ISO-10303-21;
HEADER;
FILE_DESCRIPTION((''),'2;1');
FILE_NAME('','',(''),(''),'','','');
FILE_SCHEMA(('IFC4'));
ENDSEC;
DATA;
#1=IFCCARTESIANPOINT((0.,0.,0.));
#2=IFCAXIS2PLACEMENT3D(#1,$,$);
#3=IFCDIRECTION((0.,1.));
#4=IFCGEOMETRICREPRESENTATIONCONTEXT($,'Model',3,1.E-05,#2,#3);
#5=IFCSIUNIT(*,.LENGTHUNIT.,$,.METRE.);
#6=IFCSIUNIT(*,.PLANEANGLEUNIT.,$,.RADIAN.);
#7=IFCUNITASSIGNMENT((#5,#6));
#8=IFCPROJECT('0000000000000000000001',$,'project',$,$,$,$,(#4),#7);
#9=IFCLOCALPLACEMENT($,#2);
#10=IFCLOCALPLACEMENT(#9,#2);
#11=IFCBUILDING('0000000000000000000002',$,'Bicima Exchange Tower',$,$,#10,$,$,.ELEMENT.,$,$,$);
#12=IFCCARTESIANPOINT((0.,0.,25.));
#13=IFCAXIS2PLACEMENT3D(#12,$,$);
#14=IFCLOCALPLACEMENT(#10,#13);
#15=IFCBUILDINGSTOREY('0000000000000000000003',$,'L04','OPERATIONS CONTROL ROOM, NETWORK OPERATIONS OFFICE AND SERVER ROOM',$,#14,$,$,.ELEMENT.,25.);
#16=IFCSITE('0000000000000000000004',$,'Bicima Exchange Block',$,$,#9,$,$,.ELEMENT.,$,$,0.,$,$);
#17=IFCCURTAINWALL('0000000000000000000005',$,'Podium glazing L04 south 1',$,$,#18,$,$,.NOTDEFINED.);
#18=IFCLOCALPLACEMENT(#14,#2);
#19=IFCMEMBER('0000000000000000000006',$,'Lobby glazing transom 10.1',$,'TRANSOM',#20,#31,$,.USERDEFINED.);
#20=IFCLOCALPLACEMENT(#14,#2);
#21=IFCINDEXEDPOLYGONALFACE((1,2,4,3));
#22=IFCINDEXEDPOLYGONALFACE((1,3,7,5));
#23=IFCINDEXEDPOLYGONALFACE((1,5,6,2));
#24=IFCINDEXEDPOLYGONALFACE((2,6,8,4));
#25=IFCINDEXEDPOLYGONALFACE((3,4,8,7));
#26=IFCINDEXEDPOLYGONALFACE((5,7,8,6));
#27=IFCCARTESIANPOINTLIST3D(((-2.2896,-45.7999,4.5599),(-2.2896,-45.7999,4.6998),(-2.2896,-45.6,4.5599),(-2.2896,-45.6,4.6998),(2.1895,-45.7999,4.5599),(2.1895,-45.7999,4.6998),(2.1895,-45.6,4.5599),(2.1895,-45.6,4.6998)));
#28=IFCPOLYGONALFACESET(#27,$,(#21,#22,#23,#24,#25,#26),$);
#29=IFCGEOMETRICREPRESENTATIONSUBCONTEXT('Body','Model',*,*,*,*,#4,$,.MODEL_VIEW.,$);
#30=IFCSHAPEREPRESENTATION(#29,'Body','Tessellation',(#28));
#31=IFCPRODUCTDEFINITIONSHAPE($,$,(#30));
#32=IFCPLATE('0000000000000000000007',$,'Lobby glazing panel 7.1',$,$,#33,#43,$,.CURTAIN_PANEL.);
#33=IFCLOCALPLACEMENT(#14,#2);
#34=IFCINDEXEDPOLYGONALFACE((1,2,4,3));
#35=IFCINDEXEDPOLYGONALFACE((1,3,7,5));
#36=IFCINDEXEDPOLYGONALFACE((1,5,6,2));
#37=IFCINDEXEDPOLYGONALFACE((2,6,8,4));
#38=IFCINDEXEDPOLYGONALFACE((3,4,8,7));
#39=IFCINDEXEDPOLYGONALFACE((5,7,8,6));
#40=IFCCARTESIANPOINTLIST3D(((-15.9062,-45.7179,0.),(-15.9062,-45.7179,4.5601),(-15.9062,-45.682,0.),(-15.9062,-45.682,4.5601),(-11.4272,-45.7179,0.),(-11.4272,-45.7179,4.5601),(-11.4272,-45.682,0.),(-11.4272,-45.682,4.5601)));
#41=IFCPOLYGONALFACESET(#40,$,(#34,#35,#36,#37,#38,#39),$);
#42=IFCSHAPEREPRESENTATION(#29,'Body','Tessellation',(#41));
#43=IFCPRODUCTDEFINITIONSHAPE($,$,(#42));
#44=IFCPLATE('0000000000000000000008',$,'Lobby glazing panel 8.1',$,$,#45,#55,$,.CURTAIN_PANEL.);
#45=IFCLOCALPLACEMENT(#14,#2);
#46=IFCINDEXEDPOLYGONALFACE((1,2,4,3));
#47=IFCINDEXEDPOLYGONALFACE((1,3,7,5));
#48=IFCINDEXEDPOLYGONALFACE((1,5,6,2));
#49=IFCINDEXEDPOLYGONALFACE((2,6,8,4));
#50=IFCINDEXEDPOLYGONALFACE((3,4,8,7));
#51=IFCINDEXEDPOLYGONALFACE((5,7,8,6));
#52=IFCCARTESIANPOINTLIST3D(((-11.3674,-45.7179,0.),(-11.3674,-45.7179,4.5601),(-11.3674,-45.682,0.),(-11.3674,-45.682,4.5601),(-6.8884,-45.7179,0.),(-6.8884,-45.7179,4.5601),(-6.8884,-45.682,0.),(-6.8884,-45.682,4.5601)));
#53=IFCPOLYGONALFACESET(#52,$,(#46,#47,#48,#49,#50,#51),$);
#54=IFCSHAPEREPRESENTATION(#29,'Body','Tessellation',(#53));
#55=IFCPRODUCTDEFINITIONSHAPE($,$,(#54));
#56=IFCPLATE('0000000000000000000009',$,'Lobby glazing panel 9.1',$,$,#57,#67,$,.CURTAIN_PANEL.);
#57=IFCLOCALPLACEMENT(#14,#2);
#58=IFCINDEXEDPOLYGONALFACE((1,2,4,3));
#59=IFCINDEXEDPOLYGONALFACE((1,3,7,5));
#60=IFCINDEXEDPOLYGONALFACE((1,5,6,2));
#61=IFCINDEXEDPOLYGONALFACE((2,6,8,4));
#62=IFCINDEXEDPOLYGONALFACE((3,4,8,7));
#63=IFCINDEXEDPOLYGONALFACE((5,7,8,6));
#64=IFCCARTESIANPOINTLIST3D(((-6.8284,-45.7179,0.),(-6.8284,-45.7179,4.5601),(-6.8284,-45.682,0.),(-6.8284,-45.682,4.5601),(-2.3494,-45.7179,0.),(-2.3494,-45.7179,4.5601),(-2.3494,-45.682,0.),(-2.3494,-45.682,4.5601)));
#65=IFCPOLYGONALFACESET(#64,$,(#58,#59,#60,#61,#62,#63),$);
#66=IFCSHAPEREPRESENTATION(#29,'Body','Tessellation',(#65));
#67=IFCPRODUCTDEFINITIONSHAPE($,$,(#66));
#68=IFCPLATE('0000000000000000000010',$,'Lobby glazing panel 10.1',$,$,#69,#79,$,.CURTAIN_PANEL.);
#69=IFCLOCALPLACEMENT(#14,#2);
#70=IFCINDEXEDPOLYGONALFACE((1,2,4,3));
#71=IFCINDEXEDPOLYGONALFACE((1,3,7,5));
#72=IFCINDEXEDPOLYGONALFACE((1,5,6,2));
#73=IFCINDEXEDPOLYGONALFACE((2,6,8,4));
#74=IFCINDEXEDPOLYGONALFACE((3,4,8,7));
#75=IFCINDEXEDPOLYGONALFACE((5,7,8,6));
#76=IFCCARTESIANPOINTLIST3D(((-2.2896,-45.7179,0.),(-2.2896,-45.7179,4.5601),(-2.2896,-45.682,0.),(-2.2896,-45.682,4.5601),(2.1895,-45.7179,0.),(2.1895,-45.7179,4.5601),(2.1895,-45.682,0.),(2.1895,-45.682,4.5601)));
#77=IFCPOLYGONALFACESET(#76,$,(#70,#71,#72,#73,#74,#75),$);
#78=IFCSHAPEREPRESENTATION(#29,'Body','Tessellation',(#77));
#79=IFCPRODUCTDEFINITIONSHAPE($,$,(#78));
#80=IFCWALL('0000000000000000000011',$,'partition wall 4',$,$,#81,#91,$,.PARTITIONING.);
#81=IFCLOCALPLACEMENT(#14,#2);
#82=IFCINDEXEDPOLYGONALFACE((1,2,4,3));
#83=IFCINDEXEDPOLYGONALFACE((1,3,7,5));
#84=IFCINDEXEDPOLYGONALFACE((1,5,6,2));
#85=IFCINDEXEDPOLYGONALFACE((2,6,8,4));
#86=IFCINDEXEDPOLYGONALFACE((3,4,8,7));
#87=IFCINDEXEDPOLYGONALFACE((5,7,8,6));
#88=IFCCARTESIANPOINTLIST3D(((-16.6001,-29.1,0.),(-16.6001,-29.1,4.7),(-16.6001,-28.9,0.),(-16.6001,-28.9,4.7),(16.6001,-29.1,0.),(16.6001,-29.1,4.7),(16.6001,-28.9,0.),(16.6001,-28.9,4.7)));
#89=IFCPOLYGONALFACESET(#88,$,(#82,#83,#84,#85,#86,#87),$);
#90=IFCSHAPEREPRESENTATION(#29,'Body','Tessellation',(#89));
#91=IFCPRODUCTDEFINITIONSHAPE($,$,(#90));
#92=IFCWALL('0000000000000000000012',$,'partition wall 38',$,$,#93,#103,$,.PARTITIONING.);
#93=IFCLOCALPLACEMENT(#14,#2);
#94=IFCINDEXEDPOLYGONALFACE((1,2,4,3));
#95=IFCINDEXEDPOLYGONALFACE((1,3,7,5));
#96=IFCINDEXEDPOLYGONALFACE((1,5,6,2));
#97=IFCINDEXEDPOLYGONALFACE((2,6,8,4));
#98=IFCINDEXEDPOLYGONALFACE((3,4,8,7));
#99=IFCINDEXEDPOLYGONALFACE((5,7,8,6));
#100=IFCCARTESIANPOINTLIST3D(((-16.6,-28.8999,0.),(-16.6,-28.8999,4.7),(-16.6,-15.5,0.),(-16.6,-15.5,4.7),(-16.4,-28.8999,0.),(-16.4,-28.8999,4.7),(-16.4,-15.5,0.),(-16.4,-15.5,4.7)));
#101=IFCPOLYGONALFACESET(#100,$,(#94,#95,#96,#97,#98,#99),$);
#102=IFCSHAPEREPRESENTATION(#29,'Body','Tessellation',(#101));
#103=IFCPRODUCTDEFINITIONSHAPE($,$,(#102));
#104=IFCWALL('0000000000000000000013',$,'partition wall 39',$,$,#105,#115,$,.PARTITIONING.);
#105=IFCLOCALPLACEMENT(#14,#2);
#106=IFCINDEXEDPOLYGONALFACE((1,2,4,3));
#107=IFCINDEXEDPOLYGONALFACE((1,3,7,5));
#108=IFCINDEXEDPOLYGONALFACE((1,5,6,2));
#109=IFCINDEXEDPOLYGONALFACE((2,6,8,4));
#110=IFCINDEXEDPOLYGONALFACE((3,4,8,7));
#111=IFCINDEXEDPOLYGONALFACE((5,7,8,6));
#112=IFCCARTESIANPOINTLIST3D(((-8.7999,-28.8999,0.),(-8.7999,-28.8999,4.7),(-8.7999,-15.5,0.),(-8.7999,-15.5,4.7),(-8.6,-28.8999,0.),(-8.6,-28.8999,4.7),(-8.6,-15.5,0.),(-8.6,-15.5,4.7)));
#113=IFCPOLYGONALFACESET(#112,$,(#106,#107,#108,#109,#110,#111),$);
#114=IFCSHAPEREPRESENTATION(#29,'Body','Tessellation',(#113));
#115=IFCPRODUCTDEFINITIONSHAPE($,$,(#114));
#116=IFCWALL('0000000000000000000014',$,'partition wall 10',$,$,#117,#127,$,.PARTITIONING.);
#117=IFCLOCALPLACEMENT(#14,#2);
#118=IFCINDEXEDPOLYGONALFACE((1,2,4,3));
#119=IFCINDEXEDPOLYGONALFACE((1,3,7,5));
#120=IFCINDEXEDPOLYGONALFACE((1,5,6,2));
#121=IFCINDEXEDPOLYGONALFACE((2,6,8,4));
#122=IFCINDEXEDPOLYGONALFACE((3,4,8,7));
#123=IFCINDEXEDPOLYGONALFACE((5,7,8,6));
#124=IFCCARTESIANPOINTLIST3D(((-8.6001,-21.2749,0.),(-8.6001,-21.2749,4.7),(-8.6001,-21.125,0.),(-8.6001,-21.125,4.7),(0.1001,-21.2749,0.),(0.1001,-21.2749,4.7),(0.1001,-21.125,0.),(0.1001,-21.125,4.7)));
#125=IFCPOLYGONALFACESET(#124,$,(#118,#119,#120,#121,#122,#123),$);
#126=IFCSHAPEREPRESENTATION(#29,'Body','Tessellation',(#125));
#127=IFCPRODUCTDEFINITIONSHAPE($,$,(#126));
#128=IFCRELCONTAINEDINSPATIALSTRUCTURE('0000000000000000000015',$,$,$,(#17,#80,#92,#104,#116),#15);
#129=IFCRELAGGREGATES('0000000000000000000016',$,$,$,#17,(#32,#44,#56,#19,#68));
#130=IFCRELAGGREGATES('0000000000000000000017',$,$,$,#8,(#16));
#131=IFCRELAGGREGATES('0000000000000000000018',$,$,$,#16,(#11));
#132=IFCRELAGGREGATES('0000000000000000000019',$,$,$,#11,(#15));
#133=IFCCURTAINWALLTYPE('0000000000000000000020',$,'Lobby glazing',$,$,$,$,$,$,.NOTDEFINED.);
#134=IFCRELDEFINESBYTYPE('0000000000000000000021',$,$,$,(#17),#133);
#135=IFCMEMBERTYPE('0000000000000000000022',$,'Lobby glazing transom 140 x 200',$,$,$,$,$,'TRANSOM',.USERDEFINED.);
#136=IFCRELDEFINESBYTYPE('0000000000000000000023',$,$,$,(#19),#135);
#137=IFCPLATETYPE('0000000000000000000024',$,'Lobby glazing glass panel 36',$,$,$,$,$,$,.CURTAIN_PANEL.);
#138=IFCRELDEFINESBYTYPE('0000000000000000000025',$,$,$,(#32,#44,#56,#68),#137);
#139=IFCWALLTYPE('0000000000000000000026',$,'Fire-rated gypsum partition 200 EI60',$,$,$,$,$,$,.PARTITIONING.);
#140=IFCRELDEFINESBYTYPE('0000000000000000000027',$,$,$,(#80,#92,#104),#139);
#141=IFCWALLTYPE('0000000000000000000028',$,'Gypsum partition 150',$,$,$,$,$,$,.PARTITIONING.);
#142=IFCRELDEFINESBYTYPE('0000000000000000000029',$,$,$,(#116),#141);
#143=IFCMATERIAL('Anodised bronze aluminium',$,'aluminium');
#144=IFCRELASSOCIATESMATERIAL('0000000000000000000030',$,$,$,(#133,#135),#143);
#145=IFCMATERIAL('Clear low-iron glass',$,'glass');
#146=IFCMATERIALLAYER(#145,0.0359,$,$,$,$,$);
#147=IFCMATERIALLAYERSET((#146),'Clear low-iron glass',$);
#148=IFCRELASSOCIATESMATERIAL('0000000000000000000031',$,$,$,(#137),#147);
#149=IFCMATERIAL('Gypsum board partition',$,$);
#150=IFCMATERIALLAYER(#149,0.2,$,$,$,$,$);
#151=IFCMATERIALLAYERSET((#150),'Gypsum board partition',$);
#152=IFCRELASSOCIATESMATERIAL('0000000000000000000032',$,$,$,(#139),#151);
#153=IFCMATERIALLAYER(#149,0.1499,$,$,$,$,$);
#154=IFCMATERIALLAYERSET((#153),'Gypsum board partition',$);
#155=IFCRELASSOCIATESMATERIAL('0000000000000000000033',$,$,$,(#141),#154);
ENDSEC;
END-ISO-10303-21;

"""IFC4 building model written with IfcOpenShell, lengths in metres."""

from ifc_helpers import new_model, si_unit, direction, frame, frame_2d, origin, origin_2d, place, context, subcontext, project, spatial, rectangle, extrude, material, layer, layer_set, material_profile, profile_set, type_object, element, aggregate, save


model = new_model("IFC4")

# Units and contexts
model_context = context("Model", 3, precision=1e-05, world=origin(), true_north=direction((0.0, 1.0)))
body_context = subcontext(model_context, "Body", "Model", "MODEL_VIEW")
ifc_project = project(units=[si_unit("LENGTHUNIT", "METRE"), si_unit("PLANEANGLEUNIT", "RADIAN")], contexts=[model_context])

# Site, building, storey
site_placement = place(None, origin())
site = spatial("IfcSite", under=ifc_project, at=site_placement, Name="Bicima Exchange Block", CompositionType="ELEMENT", RefElevation=0.0)
building_placement = place(site_placement, origin())
building = spatial("IfcBuilding", under=site, at=building_placement, Name="Bicima Exchange Tower", CompositionType="ELEMENT")
storey_placement = place(building_placement, frame((0.0, 0.0, 25.0)))
storey = spatial("IfcBuildingStorey", under=building, at=storey_placement, Name="L04", Description="OPERATIONS CONTROL ROOM, NETWORK OPERATIONS OFFICE AND SERVER ROOM", CompositionType="ELEMENT", Elevation=25.0)

# Curtain wall, member, plates
ifc_material_1 = material(Name="Anodised bronze aluminium", Category="aluminium")
curtain_wall_type = type_object("IfcCurtainWallType", Name="Lobby glazing", PredefinedType="NOTDEFINED", material=ifc_material_1)
curtain_wall_placement = place(storey_placement, origin())
curtain_wall = element("IfcCurtainWall", 1, at=curtain_wall_placement, inside=storey, type_object=curtain_wall_type, Name="Podium glazing L04 south 1", PredefinedType="NOTDEFINED")
ifc_material_profile_1 = material_profile(ifc_material_1, rectangle(XDim=0.2, YDim=0.1399, at=origin_2d()))
ifc_profile_set_1 = profile_set([ifc_material_profile_1], Name="Anodised bronze aluminium")
member_type_1 = type_object("IfcMemberType", Name="Lobby glazing transom 140 x 200", ElementType="TRANSOM", PredefinedType="USERDEFINED", material=ifc_profile_set_1)
member_1_placement = place(storey_placement, frame((-2.2896, -45.7, 4.6299), z_axis=(1.0, 0.0, 0.0), x_axis=(0.0, 1.0, 0.0)))
member_1 = element("IfcMember", 2, at=member_1_placement, type_object=member_type_1, Name="Lobby glazing transom 10.1", ObjectType="TRANSOM", PredefinedType="USERDEFINED", context=body_context, shape_type="SweptSolid", body=[
    extrude(rectangle(XDim=0.2, YDim=0.1399, at=origin_2d()), origin(), (0.0, 0.0, 1.0), 4.479),
])
ifc_material_2 = material(Name="Clear low-iron glass", Category="glass")
ifc_layer_1 = layer(ifc_material_2, 0.0359)
ifc_layer_set_1 = layer_set([ifc_layer_1], Name="Clear low-iron glass")
plate_type = type_object("IfcPlateType", Name="Lobby glazing glass panel 36", PredefinedType="CURTAIN_PANEL", material=ifc_layer_set_1)
plate_1_placement = place(storey_placement, frame((-13.6667, -45.7, 0.0), z_axis=(0.0, 0.0, 1.0), x_axis=(1.0, 0.0, 0.0)))
plate_1 = element("IfcPlate", 3, at=plate_1_placement, type_object=plate_type, Name="Lobby glazing panel 7.1", PredefinedType="CURTAIN_PANEL", context=body_context, shape_type="SweptSolid", body=[
    extrude(rectangle(XDim=4.479, YDim=0.0359, at=origin_2d()), origin(), (0.0, 0.0, 1.0), 4.5601),
])
plate_2_placement = place(storey_placement, frame((-9.1279, -45.7, 0.0), z_axis=(0.0, 0.0, 1.0), x_axis=(1.0, 0.0, 0.0)))
plate_2 = element("IfcPlate", 4, at=plate_2_placement, type_object=plate_type, Name="Lobby glazing panel 8.1", PredefinedType="CURTAIN_PANEL", context=body_context, shape_type="SweptSolid", body=[
    extrude(rectangle(XDim=4.479, YDim=0.0359, at=origin_2d()), origin(), (0.0, 0.0, 1.0), 4.5601),
])
plate_3_placement = place(storey_placement, frame((-4.5889, -45.7, 0.0), z_axis=(0.0, 0.0, 1.0), x_axis=(1.0, 0.0, 0.0)))
plate_3 = element("IfcPlate", 5, at=plate_3_placement, type_object=plate_type, Name="Lobby glazing panel 9.1", PredefinedType="CURTAIN_PANEL", context=body_context, shape_type="SweptSolid", body=[
    extrude(rectangle(XDim=4.479, YDim=0.0359, at=origin_2d()), origin(), (0.0, 0.0, 1.0), 4.5601),
])
plate_4_placement = place(storey_placement, frame((-0.05, -45.7, 0.0), z_axis=(0.0, 0.0, 1.0), x_axis=(1.0, 0.0, 0.0)))
plate_4 = element("IfcPlate", 6, at=plate_4_placement, type_object=plate_type, Name="Lobby glazing panel 10.1", PredefinedType="CURTAIN_PANEL", context=body_context, shape_type="SweptSolid", body=[
    extrude(rectangle(XDim=4.479, YDim=0.0359, at=origin_2d()), origin(), (0.0, 0.0, 1.0), 4.5601),
])
aggregate(curtain_wall, [plate_1, plate_2, plate_3, member_1, plate_4])

# Walls
ifc_material_3 = material(Name="Gypsum board partition")
ifc_layer_2 = layer(ifc_material_3, 0.2)
ifc_layer_set_2 = layer_set([ifc_layer_2], Name="Gypsum board partition")
wall_type_1 = type_object("IfcWallType", Name="Fire-rated gypsum partition 200 EI60", PredefinedType="PARTITIONING", material=ifc_layer_set_2)
wall_1_placement = place(storey_placement, frame((-16.6001, -29.0, 0.0), z_axis=(0.0, 0.0, 1.0), x_axis=(1.0, 0.0, 0.0)))
element("IfcWall", 7, at=wall_1_placement, inside=storey, type_object=wall_type_1, Name="partition wall 4", PredefinedType="PARTITIONING", context=body_context, shape_type="SweptSolid", body=[
    extrude(rectangle(XDim=33.2002, YDim=0.2, at=frame_2d((16.6001, 0.0))), origin(), (0.0, 0.0, 1.0), 4.7),
])
for number, where, z_axis, x_axis, name in (
    (8, (-16.5, -28.8999, 0.0), (0.0, 0.0, 1.0), (0.0, 1.0, 0.0), "partition wall 38"),
    (9, (-8.7, -28.8999, 0.0), (0.0, 0.0, 1.0), (0.0, 1.0, 0.0), "partition wall 39"),
):
    element("IfcWall", number, at=place(storey_placement, frame(where, z_axis=z_axis, x_axis=x_axis)), inside=storey, type_object=wall_type_1, Name=name, PredefinedType="PARTITIONING", context=body_context, shape_type="SweptSolid", body=[
        extrude(rectangle(XDim=13.3999, YDim=0.2, at=frame_2d((6.7, 0.0))), origin(), (0.0, 0.0, 1.0), 4.7),
    ])
ifc_layer_3 = layer(ifc_material_3, 0.1499)
ifc_layer_set_3 = layer_set([ifc_layer_3], Name="Gypsum board partition")
wall_type_2 = type_object("IfcWallType", Name="Gypsum partition 150", PredefinedType="PARTITIONING", material=ifc_layer_set_3)
wall_2_placement = place(storey_placement, frame((-8.6001, -21.2, 0.0), z_axis=(0.0, 0.0, 1.0), x_axis=(1.0, 0.0, 0.0)))
element("IfcWall", 10, at=wall_2_placement, inside=storey, type_object=wall_type_2, Name="partition wall 10", PredefinedType="PARTITIONING", context=body_context, shape_type="SweptSolid", body=[
    extrude(rectangle(XDim=8.7002, YDim=0.1499, at=frame_2d((4.3501, 0.0))), origin(), (0.0, 0.0, 1.0), 4.7),
])

save(model, "model.ifc")
